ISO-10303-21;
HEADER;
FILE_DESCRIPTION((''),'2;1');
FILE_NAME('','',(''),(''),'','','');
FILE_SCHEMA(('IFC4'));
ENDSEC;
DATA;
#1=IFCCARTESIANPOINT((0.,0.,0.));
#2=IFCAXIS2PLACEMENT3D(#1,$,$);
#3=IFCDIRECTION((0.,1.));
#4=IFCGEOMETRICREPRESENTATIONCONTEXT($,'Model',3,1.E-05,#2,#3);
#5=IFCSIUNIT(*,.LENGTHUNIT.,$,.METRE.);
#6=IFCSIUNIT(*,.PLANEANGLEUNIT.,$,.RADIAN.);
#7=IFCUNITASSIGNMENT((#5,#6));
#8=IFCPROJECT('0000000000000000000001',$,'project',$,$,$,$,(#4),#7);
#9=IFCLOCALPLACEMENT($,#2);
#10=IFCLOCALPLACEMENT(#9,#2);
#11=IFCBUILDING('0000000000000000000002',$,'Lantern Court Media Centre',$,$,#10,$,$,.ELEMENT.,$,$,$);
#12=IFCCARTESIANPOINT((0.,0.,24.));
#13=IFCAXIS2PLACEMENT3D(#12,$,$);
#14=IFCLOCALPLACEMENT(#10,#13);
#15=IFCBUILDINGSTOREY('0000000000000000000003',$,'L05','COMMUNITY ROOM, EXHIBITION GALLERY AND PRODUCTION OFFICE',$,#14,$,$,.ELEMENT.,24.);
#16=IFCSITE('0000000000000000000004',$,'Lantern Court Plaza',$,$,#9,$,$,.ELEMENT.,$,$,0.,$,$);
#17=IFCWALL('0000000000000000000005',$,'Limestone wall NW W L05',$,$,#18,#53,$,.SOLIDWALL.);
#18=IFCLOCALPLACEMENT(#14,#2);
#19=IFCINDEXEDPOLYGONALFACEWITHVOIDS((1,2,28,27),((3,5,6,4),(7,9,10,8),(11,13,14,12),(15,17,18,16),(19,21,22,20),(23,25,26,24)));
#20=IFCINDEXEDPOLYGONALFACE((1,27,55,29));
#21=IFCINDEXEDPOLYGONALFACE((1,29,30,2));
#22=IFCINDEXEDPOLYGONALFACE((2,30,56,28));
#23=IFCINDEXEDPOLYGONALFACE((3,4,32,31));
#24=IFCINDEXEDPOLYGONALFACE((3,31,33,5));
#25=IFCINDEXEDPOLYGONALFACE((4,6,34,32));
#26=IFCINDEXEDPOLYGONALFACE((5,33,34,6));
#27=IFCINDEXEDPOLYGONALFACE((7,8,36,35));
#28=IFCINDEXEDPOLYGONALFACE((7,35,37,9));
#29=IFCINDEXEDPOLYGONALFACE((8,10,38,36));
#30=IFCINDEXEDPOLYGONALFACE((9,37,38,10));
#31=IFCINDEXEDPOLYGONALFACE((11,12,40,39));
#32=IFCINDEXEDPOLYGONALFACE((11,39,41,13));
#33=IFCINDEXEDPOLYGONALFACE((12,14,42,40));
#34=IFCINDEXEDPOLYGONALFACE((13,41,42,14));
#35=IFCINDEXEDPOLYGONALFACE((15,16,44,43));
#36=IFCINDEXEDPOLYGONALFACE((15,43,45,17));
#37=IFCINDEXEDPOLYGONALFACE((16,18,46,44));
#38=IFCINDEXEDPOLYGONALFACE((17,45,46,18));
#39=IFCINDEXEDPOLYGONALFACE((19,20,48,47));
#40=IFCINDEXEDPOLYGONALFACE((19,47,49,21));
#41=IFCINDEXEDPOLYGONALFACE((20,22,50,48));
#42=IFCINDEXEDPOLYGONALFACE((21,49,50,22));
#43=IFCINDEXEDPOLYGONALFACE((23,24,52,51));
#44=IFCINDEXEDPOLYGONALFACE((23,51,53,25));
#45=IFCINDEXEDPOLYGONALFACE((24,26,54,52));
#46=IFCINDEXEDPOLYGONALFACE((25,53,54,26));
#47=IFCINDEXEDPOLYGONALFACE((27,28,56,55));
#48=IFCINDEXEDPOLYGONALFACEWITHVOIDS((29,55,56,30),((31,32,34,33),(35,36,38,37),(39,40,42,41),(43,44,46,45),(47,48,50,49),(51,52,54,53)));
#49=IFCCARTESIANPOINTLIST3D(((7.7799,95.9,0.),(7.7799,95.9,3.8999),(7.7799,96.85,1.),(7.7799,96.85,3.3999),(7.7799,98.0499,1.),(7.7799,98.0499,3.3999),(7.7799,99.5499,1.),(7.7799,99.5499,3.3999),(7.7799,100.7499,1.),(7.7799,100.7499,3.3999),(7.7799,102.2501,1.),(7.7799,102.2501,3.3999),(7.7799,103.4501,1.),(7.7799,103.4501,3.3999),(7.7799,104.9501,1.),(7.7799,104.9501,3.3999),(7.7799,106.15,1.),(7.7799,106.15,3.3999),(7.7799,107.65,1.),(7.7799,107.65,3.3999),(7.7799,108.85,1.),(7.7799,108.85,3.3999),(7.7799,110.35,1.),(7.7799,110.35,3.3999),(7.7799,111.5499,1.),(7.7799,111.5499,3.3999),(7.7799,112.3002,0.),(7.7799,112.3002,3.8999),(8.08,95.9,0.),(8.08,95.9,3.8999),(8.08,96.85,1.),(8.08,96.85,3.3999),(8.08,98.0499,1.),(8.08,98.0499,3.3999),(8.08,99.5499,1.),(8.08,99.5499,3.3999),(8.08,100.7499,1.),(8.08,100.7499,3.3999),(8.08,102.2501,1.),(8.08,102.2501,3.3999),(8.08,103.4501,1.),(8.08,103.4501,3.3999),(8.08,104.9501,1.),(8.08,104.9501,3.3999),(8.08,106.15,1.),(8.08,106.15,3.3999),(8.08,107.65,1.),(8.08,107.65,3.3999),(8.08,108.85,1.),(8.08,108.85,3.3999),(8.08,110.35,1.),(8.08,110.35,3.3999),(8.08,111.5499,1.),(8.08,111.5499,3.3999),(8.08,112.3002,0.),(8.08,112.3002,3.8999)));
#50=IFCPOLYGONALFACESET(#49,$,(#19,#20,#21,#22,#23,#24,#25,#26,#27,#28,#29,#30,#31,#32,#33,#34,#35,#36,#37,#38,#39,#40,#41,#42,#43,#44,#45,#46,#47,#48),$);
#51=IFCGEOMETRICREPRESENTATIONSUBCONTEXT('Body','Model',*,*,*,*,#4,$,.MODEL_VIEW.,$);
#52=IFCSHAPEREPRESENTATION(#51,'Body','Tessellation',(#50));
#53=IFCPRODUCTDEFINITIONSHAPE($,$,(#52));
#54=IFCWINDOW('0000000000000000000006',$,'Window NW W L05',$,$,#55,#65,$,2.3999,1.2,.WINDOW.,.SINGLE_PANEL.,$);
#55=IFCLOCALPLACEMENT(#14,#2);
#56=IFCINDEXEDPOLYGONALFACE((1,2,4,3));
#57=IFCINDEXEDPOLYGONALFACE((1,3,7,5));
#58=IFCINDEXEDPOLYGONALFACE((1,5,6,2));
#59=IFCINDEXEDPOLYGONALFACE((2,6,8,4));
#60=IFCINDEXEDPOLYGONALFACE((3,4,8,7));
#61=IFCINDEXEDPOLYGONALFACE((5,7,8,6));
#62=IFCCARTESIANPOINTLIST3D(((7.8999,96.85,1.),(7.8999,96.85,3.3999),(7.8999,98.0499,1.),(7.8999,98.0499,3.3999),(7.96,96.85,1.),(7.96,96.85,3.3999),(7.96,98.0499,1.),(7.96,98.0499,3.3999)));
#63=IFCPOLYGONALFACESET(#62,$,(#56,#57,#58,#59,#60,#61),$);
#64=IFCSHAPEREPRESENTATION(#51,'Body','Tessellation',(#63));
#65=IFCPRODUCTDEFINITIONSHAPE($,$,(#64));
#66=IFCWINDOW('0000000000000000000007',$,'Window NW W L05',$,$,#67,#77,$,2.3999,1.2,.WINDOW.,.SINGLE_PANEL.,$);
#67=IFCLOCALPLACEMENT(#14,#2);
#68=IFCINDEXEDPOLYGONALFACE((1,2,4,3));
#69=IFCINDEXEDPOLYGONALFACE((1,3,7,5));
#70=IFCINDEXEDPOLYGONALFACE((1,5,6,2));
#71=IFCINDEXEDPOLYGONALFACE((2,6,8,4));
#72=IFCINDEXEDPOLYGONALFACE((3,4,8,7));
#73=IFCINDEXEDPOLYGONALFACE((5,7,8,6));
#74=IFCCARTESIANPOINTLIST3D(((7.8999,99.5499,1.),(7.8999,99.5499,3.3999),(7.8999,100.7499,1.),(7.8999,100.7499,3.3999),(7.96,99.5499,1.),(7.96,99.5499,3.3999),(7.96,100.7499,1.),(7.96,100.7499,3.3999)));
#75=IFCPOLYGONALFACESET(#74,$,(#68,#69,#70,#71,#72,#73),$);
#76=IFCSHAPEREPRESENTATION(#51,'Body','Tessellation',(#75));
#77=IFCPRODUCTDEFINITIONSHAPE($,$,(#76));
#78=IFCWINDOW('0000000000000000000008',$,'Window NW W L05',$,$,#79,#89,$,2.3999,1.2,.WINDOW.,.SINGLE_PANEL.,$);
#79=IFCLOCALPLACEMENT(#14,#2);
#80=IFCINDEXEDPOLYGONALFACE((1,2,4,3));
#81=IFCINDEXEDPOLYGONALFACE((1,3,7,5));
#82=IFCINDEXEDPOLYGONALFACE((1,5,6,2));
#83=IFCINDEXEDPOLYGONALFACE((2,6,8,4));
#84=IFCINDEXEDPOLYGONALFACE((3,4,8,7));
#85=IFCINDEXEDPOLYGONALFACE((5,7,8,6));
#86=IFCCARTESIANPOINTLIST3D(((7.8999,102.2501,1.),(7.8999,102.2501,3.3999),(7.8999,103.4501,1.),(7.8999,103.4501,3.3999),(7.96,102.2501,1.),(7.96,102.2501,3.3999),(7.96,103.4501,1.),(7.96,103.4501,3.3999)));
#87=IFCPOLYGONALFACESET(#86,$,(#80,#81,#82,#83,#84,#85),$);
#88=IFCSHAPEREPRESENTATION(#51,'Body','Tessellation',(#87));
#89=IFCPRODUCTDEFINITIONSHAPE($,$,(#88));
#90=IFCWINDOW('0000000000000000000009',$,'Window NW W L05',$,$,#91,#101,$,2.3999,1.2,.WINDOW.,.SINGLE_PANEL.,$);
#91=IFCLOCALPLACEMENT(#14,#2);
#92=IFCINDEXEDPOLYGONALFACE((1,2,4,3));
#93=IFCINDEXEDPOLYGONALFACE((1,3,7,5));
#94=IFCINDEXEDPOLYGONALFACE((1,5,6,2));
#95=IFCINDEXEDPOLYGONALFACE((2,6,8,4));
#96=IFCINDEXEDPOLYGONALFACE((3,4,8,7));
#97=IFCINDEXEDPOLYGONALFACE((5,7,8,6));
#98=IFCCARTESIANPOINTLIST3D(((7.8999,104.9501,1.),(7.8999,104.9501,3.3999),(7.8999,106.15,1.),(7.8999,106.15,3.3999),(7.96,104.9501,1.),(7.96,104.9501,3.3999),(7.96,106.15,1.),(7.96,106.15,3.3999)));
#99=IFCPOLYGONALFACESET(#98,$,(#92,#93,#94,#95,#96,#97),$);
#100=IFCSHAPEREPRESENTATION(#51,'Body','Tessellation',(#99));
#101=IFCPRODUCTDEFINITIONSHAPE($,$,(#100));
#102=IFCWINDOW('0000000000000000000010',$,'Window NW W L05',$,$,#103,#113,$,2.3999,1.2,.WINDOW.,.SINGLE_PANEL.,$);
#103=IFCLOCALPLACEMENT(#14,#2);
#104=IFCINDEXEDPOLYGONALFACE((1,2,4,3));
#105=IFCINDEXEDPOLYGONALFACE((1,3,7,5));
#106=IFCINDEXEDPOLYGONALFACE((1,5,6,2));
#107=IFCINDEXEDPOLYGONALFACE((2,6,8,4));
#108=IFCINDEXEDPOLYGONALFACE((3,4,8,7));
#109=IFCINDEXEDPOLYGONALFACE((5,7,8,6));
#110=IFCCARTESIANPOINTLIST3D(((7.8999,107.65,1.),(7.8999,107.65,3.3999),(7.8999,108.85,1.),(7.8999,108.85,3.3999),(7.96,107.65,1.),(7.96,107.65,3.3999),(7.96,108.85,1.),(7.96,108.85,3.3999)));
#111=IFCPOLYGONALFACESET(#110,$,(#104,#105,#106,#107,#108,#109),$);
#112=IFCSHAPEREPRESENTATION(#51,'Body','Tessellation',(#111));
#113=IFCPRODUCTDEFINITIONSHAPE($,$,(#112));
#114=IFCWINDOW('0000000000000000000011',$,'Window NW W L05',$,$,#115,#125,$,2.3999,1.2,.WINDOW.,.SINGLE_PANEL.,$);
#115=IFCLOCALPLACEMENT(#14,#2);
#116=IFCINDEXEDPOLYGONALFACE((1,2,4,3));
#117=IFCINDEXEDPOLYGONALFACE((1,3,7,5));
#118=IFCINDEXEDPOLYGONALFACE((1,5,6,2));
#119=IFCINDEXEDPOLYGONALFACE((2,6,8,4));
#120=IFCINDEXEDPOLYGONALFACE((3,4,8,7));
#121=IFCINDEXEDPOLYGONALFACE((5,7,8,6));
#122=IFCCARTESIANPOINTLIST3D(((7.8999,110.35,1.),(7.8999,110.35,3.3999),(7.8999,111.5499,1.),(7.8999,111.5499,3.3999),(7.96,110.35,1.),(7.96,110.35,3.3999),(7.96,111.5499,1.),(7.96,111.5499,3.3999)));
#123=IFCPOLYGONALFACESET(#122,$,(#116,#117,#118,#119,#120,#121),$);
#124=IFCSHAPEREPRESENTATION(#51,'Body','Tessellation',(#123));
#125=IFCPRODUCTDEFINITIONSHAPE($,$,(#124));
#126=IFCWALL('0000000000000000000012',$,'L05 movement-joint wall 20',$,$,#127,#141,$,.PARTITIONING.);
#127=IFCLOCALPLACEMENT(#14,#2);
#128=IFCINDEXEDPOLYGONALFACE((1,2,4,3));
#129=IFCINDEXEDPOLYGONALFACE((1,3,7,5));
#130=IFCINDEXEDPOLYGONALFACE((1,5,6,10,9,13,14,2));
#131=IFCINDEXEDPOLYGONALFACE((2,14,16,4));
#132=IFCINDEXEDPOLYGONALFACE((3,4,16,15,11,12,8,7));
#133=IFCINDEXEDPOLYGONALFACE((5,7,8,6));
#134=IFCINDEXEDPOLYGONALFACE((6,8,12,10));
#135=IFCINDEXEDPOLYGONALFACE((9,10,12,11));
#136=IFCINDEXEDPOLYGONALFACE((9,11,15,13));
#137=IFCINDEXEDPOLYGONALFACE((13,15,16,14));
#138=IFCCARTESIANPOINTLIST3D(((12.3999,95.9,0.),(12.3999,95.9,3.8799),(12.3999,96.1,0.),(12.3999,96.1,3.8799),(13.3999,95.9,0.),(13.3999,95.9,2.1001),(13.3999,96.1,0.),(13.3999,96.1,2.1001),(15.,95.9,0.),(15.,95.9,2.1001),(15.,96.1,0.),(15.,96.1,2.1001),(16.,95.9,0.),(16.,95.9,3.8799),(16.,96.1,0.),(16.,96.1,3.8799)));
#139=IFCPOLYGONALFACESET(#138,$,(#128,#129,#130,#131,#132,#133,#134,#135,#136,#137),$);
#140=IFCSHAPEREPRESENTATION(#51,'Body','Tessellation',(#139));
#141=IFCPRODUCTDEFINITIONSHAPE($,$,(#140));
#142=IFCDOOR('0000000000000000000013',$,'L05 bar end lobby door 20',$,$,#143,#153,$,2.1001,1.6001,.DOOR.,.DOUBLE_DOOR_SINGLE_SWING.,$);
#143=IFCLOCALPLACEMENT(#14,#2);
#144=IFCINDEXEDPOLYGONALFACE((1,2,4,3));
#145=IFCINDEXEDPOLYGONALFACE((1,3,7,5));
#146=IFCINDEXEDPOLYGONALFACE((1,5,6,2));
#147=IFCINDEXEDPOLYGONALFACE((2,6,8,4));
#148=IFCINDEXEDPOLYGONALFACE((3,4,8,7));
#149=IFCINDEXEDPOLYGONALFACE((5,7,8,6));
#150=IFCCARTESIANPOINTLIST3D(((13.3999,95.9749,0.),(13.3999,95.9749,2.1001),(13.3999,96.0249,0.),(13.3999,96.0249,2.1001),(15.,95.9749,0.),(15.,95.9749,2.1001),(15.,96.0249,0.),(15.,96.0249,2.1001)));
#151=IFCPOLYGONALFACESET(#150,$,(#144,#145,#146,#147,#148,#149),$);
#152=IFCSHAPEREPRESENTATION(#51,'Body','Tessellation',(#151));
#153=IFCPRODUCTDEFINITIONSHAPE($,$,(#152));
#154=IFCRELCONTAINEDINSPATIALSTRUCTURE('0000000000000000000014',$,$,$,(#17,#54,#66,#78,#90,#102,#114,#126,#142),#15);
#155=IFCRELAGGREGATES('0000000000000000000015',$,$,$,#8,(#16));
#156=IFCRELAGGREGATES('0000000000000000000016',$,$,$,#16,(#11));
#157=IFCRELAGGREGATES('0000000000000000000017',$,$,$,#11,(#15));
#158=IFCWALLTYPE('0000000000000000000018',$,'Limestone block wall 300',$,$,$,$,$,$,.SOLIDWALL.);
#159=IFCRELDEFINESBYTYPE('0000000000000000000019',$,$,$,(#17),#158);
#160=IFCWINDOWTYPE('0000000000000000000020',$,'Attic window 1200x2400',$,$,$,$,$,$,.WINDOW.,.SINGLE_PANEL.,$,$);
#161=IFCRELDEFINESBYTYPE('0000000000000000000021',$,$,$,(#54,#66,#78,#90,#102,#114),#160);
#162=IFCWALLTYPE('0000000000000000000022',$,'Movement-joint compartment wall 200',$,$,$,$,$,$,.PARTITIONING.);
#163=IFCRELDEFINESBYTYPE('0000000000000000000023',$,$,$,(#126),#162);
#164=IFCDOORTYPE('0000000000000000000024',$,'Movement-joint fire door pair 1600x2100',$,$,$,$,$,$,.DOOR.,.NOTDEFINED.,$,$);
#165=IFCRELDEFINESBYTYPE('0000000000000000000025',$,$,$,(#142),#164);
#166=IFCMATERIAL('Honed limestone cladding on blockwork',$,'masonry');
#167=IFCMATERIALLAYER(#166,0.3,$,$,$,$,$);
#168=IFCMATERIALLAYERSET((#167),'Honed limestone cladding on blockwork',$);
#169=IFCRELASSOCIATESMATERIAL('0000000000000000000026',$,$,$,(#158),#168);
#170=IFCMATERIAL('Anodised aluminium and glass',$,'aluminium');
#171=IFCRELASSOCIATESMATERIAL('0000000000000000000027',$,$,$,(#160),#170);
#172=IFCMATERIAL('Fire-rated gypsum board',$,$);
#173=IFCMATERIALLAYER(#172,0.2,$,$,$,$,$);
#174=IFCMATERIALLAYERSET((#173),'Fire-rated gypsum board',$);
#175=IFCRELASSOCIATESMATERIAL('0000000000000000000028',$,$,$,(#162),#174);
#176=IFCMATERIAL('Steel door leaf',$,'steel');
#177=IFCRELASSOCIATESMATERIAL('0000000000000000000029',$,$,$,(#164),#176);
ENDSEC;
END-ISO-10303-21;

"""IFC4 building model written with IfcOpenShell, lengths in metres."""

from ifc_helpers import new_model, si_unit, direction, frame, frame_2d, origin, place, context, subcontext, project, spatial, rectangle, extrude, material, layer, layer_set, type_object, element, fill, save


model = new_model("IFC4")

# Units and contexts
model_context = context("Model", 3, precision=1e-05, world=origin(), true_north=direction((0.0, 1.0)))
body_context = subcontext(model_context, "Body", "Model", "MODEL_VIEW")
ifc_project = project(units=[si_unit("LENGTHUNIT", "METRE"), si_unit("PLANEANGLEUNIT", "RADIAN")], contexts=[model_context])

# Site, building, storey
site_placement = place(None, origin())
site = spatial("IfcSite", under=ifc_project, at=site_placement, Name="Lantern Court Plaza", CompositionType="ELEMENT", RefElevation=0.0)
building_placement = place(site_placement, origin())
building = spatial("IfcBuilding", under=site, at=building_placement, Name="Lantern Court Media Centre", CompositionType="ELEMENT")
storey_placement = place(building_placement, frame((0.0, 0.0, 24.0)))
storey = spatial("IfcBuildingStorey", under=building, at=storey_placement, Name="L05", Description="COMMUNITY ROOM, EXHIBITION GALLERY AND PRODUCTION OFFICE", CompositionType="ELEMENT", Elevation=24.0)

# Wall, openings, windows
ifc_material_1 = material(Name="Honed limestone cladding on blockwork", Category="masonry")
ifc_layer_1 = layer(ifc_material_1, 0.3)
ifc_layer_set_1 = layer_set([ifc_layer_1], Name="Honed limestone cladding on blockwork")
wall_type_1 = type_object("IfcWallType", Name="Limestone block wall 300", PredefinedType="SOLIDWALL", material=ifc_layer_set_1)
wall_1_placement = place(storey_placement, frame((7.9299, 95.8999, 0.0), z_axis=(0.0, 0.0, 1.0), x_axis=(0.0, 1.0, 0.0)))
wall_1 = element("IfcWall", 1, at=wall_1_placement, inside=storey, type_object=wall_type_1, Name="Limestone wall NW W L05", PredefinedType="SOLIDWALL", context=body_context, shape_type="SweptSolid", body=[
    extrude(rectangle(XDim=16.4001, YDim=0.3, at=frame_2d((8.2002, 0.0))), origin(), (0.0, 0.0, 1.0), 3.8999),
])
opening_1_placement = place(wall_1_placement, frame((0.95, 0.0, 1.0)))
opening_1 = element("IfcOpeningElement", 2, at=opening_1_placement, cuts=wall_1, PredefinedType="OPENING", context=body_context, shape_type="SweptSolid", body=[
    extrude(rectangle(XDim=1.2, YDim=2.3999, at=frame_2d((0.6001, 1.2))), frame((0.0, 0.1599, 0.0), z_axis=(0.0, -1.0, 0.0), x_axis=(1.0, 0.0, 0.0)), (0.0, 0.0, 1.0), 0.3201),
])
opening_2_placement = place(wall_1_placement, frame((3.6499, 0.0, 1.0)))
opening_2 = element("IfcOpeningElement", 3, at=opening_2_placement, cuts=wall_1, PredefinedType="OPENING", context=body_context, shape_type="SweptSolid", body=[
    extrude(rectangle(XDim=1.2, YDim=2.3999, at=frame_2d((0.6001, 1.2))), frame((0.0, 0.1599, 0.0), z_axis=(0.0, -1.0, 0.0), x_axis=(1.0, 0.0, 0.0)), (0.0, 0.0, 1.0), 0.3201),
])
opening_3_placement = place(wall_1_placement, frame((6.3501, 0.0, 1.0)))
opening_3 = element("IfcOpeningElement", 4, at=opening_3_placement, cuts=wall_1, PredefinedType="OPENING", context=body_context, shape_type="SweptSolid", body=[
    extrude(rectangle(XDim=1.2, YDim=2.3999, at=frame_2d((0.6001, 1.2))), frame((0.0, 0.1599, 0.0), z_axis=(0.0, -1.0, 0.0), x_axis=(1.0, 0.0, 0.0)), (0.0, 0.0, 1.0), 0.3201),
])
opening_4_placement = place(wall_1_placement, frame((9.05, 0.0, 1.0)))
opening_4 = element("IfcOpeningElement", 5, at=opening_4_placement, cuts=wall_1, PredefinedType="OPENING", context=body_context, shape_type="SweptSolid", body=[
    extrude(rectangle(XDim=1.2, YDim=2.3999, at=frame_2d((0.6001, 1.2))), frame((0.0, 0.1599, 0.0), z_axis=(0.0, -1.0, 0.0), x_axis=(1.0, 0.0, 0.0)), (0.0, 0.0, 1.0), 0.3201),
])
opening_5_placement = place(wall_1_placement, frame((11.75, 0.0, 1.0)))
opening_5 = element("IfcOpeningElement", 6, at=opening_5_placement, cuts=wall_1, PredefinedType="OPENING", context=body_context, shape_type="SweptSolid", body=[
    extrude(rectangle(XDim=1.2, YDim=2.3999, at=frame_2d((0.6001, 1.2))), frame((0.0, 0.1599, 0.0), z_axis=(0.0, -1.0, 0.0), x_axis=(1.0, 0.0, 0.0)), (0.0, 0.0, 1.0), 0.3201),
])
opening_6_placement = place(wall_1_placement, frame((14.45, 0.0, 1.0)))
opening_6 = element("IfcOpeningElement", 7, at=opening_6_placement, cuts=wall_1, PredefinedType="OPENING", context=body_context, shape_type="SweptSolid", body=[
    extrude(rectangle(XDim=1.2, YDim=2.3999, at=frame_2d((0.6001, 1.2))), frame((0.0, 0.1599, 0.0), z_axis=(0.0, -1.0, 0.0), x_axis=(1.0, 0.0, 0.0)), (0.0, 0.0, 1.0), 0.3201),
])
ifc_material_2 = material(Name="Anodised aluminium and glass", Category="aluminium")
window_type = type_object("IfcWindowType", Name="Attic window 1200x2400", PartitioningType="SINGLE_PANEL", PredefinedType="WINDOW", material=ifc_material_2)
window_1_placement = place(opening_1_placement, origin())
window_1 = element("IfcWindow", 8, at=window_1_placement, inside=storey, type_object=window_type, Name="Window NW W L05", OverallHeight=2.3999, OverallWidth=1.2, PartitioningType="SINGLE_PANEL", PredefinedType="WINDOW", context=body_context, shape_type="SweptSolid", body=[
    extrude(rectangle(XDim=1.2, YDim=2.3999, at=frame_2d((0.6001, 1.2))), frame((0.0, 0.03, 0.0), z_axis=(0.0, -1.0, 0.0), x_axis=(1.0, 0.0, 0.0)), (0.0, 0.0, 1.0), 0.0601),
])
fill(opening_1, window_1)
window_2_placement = place(opening_2_placement, origin())
window_2 = element("IfcWindow", 9, at=window_2_placement, inside=storey, type_object=window_type, Name="Window NW W L05", OverallHeight=2.3999, OverallWidth=1.2, PartitioningType="SINGLE_PANEL", PredefinedType="WINDOW", context=body_context, shape_type="SweptSolid", body=[
    extrude(rectangle(XDim=1.2, YDim=2.3999, at=frame_2d((0.6001, 1.2))), frame((0.0, 0.03, 0.0), z_axis=(0.0, -1.0, 0.0), x_axis=(1.0, 0.0, 0.0)), (0.0, 0.0, 1.0), 0.0601),
])
fill(opening_2, window_2)
window_3_placement = place(opening_3_placement, origin())
window_3 = element("IfcWindow", 10, at=window_3_placement, inside=storey, type_object=window_type, Name="Window NW W L05", OverallHeight=2.3999, OverallWidth=1.2, PartitioningType="SINGLE_PANEL", PredefinedType="WINDOW", context=body_context, shape_type="SweptSolid", body=[
    extrude(rectangle(XDim=1.2, YDim=2.3999, at=frame_2d((0.6001, 1.2))), frame((0.0, 0.03, 0.0), z_axis=(0.0, -1.0, 0.0), x_axis=(1.0, 0.0, 0.0)), (0.0, 0.0, 1.0), 0.0601),
])
fill(opening_3, window_3)
window_4_placement = place(opening_4_placement, origin())
window_4 = element("IfcWindow", 11, at=window_4_placement, inside=storey, type_object=window_type, Name="Window NW W L05", OverallHeight=2.3999, OverallWidth=1.2, PartitioningType="SINGLE_PANEL", PredefinedType="WINDOW", context=body_context, shape_type="SweptSolid", body=[
    extrude(rectangle(XDim=1.2, YDim=2.3999, at=frame_2d((0.6001, 1.2))), frame((0.0, 0.03, 0.0), z_axis=(0.0, -1.0, 0.0), x_axis=(1.0, 0.0, 0.0)), (0.0, 0.0, 1.0), 0.0601),
])
fill(opening_4, window_4)
window_5_placement = place(opening_5_placement, origin())
window_5 = element("IfcWindow", 12, at=window_5_placement, inside=storey, type_object=window_type, Name="Window NW W L05", OverallHeight=2.3999, OverallWidth=1.2, PartitioningType="SINGLE_PANEL", PredefinedType="WINDOW", context=body_context, shape_type="SweptSolid", body=[
    extrude(rectangle(XDim=1.2, YDim=2.3999, at=frame_2d((0.6001, 1.2))), frame((0.0, 0.03, 0.0), z_axis=(0.0, -1.0, 0.0), x_axis=(1.0, 0.0, 0.0)), (0.0, 0.0, 1.0), 0.0601),
])
fill(opening_5, window_5)
window_6_placement = place(opening_6_placement, origin())
window_6 = element("IfcWindow", 13, at=window_6_placement, inside=storey, type_object=window_type, Name="Window NW W L05", OverallHeight=2.3999, OverallWidth=1.2, PartitioningType="SINGLE_PANEL", PredefinedType="WINDOW", context=body_context, shape_type="SweptSolid", body=[
    extrude(rectangle(XDim=1.2, YDim=2.3999, at=frame_2d((0.6001, 1.2))), frame((0.0, 0.03, 0.0), z_axis=(0.0, -1.0, 0.0), x_axis=(1.0, 0.0, 0.0)), (0.0, 0.0, 1.0), 0.0601),
])
fill(opening_6, window_6)

# Wall, opening, door
ifc_material_3 = material(Name="Fire-rated gypsum board")
ifc_layer_2 = layer(ifc_material_3, 0.2)
ifc_layer_set_2 = layer_set([ifc_layer_2], Name="Fire-rated gypsum board")
wall_type_2 = type_object("IfcWallType", Name="Movement-joint compartment wall 200", PredefinedType="PARTITIONING", material=ifc_layer_set_2)
wall_2_placement = place(storey_placement, frame((12.3999, 96.0, 0.0), z_axis=(0.0, 0.0, 1.0), x_axis=(1.0, 0.0, 0.0)))
wall_2 = element("IfcWall", 14, at=wall_2_placement, inside=storey, type_object=wall_type_2, Name="L05 movement-joint wall 20", PredefinedType="PARTITIONING", context=body_context, shape_type="SweptSolid", body=[
    extrude(rectangle(XDim=3.6001, YDim=0.2, at=frame_2d((1.8, 0.0))), origin(), (0.0, 0.0, 1.0), 3.8799),
])
opening_7_placement = place(wall_2_placement, frame((1.0, 0.0, 0.0)))
opening_7 = element("IfcOpeningElement", 15, at=opening_7_placement, cuts=wall_2, PredefinedType="OPENING", context=body_context, shape_type="SweptSolid", body=[
    extrude(rectangle(XDim=1.6001, YDim=2.1001, at=frame_2d((0.8, 1.05))), frame((0.0, 0.1099, 0.0), z_axis=(0.0, -1.0, 0.0), x_axis=(1.0, 0.0, 0.0)), (0.0, 0.0, 1.0), 0.22),
])
ifc_material_4 = material(Name="Steel door leaf", Category="steel")
door_type_1 = type_object("IfcDoorType", Name="Movement-joint fire door pair 1600x2100", OperationType="NOTDEFINED", PredefinedType="DOOR", material=ifc_material_4)
door_1_placement = place(opening_7_placement, origin())
door_1 = element("IfcDoor", 16, at=door_1_placement, inside=storey, type_object=door_type_1, Name="L05 bar end lobby door 20", OperationType="DOUBLE_DOOR_SINGLE_SWING", OverallHeight=2.1001, OverallWidth=1.6001, PredefinedType="DOOR", context=body_context, shape_type="SweptSolid", body=[
    extrude(rectangle(XDim=1.6001, YDim=2.1001, at=frame_2d((0.8, 1.05))), frame((0.0, 0.0249, 0.0), z_axis=(0.0, -1.0, 0.0), x_axis=(1.0, 0.0, 0.0)), (0.0, 0.0, 1.0), 0.05),
])
fill(opening_7, door_1)

save(model, "model.ifc")
